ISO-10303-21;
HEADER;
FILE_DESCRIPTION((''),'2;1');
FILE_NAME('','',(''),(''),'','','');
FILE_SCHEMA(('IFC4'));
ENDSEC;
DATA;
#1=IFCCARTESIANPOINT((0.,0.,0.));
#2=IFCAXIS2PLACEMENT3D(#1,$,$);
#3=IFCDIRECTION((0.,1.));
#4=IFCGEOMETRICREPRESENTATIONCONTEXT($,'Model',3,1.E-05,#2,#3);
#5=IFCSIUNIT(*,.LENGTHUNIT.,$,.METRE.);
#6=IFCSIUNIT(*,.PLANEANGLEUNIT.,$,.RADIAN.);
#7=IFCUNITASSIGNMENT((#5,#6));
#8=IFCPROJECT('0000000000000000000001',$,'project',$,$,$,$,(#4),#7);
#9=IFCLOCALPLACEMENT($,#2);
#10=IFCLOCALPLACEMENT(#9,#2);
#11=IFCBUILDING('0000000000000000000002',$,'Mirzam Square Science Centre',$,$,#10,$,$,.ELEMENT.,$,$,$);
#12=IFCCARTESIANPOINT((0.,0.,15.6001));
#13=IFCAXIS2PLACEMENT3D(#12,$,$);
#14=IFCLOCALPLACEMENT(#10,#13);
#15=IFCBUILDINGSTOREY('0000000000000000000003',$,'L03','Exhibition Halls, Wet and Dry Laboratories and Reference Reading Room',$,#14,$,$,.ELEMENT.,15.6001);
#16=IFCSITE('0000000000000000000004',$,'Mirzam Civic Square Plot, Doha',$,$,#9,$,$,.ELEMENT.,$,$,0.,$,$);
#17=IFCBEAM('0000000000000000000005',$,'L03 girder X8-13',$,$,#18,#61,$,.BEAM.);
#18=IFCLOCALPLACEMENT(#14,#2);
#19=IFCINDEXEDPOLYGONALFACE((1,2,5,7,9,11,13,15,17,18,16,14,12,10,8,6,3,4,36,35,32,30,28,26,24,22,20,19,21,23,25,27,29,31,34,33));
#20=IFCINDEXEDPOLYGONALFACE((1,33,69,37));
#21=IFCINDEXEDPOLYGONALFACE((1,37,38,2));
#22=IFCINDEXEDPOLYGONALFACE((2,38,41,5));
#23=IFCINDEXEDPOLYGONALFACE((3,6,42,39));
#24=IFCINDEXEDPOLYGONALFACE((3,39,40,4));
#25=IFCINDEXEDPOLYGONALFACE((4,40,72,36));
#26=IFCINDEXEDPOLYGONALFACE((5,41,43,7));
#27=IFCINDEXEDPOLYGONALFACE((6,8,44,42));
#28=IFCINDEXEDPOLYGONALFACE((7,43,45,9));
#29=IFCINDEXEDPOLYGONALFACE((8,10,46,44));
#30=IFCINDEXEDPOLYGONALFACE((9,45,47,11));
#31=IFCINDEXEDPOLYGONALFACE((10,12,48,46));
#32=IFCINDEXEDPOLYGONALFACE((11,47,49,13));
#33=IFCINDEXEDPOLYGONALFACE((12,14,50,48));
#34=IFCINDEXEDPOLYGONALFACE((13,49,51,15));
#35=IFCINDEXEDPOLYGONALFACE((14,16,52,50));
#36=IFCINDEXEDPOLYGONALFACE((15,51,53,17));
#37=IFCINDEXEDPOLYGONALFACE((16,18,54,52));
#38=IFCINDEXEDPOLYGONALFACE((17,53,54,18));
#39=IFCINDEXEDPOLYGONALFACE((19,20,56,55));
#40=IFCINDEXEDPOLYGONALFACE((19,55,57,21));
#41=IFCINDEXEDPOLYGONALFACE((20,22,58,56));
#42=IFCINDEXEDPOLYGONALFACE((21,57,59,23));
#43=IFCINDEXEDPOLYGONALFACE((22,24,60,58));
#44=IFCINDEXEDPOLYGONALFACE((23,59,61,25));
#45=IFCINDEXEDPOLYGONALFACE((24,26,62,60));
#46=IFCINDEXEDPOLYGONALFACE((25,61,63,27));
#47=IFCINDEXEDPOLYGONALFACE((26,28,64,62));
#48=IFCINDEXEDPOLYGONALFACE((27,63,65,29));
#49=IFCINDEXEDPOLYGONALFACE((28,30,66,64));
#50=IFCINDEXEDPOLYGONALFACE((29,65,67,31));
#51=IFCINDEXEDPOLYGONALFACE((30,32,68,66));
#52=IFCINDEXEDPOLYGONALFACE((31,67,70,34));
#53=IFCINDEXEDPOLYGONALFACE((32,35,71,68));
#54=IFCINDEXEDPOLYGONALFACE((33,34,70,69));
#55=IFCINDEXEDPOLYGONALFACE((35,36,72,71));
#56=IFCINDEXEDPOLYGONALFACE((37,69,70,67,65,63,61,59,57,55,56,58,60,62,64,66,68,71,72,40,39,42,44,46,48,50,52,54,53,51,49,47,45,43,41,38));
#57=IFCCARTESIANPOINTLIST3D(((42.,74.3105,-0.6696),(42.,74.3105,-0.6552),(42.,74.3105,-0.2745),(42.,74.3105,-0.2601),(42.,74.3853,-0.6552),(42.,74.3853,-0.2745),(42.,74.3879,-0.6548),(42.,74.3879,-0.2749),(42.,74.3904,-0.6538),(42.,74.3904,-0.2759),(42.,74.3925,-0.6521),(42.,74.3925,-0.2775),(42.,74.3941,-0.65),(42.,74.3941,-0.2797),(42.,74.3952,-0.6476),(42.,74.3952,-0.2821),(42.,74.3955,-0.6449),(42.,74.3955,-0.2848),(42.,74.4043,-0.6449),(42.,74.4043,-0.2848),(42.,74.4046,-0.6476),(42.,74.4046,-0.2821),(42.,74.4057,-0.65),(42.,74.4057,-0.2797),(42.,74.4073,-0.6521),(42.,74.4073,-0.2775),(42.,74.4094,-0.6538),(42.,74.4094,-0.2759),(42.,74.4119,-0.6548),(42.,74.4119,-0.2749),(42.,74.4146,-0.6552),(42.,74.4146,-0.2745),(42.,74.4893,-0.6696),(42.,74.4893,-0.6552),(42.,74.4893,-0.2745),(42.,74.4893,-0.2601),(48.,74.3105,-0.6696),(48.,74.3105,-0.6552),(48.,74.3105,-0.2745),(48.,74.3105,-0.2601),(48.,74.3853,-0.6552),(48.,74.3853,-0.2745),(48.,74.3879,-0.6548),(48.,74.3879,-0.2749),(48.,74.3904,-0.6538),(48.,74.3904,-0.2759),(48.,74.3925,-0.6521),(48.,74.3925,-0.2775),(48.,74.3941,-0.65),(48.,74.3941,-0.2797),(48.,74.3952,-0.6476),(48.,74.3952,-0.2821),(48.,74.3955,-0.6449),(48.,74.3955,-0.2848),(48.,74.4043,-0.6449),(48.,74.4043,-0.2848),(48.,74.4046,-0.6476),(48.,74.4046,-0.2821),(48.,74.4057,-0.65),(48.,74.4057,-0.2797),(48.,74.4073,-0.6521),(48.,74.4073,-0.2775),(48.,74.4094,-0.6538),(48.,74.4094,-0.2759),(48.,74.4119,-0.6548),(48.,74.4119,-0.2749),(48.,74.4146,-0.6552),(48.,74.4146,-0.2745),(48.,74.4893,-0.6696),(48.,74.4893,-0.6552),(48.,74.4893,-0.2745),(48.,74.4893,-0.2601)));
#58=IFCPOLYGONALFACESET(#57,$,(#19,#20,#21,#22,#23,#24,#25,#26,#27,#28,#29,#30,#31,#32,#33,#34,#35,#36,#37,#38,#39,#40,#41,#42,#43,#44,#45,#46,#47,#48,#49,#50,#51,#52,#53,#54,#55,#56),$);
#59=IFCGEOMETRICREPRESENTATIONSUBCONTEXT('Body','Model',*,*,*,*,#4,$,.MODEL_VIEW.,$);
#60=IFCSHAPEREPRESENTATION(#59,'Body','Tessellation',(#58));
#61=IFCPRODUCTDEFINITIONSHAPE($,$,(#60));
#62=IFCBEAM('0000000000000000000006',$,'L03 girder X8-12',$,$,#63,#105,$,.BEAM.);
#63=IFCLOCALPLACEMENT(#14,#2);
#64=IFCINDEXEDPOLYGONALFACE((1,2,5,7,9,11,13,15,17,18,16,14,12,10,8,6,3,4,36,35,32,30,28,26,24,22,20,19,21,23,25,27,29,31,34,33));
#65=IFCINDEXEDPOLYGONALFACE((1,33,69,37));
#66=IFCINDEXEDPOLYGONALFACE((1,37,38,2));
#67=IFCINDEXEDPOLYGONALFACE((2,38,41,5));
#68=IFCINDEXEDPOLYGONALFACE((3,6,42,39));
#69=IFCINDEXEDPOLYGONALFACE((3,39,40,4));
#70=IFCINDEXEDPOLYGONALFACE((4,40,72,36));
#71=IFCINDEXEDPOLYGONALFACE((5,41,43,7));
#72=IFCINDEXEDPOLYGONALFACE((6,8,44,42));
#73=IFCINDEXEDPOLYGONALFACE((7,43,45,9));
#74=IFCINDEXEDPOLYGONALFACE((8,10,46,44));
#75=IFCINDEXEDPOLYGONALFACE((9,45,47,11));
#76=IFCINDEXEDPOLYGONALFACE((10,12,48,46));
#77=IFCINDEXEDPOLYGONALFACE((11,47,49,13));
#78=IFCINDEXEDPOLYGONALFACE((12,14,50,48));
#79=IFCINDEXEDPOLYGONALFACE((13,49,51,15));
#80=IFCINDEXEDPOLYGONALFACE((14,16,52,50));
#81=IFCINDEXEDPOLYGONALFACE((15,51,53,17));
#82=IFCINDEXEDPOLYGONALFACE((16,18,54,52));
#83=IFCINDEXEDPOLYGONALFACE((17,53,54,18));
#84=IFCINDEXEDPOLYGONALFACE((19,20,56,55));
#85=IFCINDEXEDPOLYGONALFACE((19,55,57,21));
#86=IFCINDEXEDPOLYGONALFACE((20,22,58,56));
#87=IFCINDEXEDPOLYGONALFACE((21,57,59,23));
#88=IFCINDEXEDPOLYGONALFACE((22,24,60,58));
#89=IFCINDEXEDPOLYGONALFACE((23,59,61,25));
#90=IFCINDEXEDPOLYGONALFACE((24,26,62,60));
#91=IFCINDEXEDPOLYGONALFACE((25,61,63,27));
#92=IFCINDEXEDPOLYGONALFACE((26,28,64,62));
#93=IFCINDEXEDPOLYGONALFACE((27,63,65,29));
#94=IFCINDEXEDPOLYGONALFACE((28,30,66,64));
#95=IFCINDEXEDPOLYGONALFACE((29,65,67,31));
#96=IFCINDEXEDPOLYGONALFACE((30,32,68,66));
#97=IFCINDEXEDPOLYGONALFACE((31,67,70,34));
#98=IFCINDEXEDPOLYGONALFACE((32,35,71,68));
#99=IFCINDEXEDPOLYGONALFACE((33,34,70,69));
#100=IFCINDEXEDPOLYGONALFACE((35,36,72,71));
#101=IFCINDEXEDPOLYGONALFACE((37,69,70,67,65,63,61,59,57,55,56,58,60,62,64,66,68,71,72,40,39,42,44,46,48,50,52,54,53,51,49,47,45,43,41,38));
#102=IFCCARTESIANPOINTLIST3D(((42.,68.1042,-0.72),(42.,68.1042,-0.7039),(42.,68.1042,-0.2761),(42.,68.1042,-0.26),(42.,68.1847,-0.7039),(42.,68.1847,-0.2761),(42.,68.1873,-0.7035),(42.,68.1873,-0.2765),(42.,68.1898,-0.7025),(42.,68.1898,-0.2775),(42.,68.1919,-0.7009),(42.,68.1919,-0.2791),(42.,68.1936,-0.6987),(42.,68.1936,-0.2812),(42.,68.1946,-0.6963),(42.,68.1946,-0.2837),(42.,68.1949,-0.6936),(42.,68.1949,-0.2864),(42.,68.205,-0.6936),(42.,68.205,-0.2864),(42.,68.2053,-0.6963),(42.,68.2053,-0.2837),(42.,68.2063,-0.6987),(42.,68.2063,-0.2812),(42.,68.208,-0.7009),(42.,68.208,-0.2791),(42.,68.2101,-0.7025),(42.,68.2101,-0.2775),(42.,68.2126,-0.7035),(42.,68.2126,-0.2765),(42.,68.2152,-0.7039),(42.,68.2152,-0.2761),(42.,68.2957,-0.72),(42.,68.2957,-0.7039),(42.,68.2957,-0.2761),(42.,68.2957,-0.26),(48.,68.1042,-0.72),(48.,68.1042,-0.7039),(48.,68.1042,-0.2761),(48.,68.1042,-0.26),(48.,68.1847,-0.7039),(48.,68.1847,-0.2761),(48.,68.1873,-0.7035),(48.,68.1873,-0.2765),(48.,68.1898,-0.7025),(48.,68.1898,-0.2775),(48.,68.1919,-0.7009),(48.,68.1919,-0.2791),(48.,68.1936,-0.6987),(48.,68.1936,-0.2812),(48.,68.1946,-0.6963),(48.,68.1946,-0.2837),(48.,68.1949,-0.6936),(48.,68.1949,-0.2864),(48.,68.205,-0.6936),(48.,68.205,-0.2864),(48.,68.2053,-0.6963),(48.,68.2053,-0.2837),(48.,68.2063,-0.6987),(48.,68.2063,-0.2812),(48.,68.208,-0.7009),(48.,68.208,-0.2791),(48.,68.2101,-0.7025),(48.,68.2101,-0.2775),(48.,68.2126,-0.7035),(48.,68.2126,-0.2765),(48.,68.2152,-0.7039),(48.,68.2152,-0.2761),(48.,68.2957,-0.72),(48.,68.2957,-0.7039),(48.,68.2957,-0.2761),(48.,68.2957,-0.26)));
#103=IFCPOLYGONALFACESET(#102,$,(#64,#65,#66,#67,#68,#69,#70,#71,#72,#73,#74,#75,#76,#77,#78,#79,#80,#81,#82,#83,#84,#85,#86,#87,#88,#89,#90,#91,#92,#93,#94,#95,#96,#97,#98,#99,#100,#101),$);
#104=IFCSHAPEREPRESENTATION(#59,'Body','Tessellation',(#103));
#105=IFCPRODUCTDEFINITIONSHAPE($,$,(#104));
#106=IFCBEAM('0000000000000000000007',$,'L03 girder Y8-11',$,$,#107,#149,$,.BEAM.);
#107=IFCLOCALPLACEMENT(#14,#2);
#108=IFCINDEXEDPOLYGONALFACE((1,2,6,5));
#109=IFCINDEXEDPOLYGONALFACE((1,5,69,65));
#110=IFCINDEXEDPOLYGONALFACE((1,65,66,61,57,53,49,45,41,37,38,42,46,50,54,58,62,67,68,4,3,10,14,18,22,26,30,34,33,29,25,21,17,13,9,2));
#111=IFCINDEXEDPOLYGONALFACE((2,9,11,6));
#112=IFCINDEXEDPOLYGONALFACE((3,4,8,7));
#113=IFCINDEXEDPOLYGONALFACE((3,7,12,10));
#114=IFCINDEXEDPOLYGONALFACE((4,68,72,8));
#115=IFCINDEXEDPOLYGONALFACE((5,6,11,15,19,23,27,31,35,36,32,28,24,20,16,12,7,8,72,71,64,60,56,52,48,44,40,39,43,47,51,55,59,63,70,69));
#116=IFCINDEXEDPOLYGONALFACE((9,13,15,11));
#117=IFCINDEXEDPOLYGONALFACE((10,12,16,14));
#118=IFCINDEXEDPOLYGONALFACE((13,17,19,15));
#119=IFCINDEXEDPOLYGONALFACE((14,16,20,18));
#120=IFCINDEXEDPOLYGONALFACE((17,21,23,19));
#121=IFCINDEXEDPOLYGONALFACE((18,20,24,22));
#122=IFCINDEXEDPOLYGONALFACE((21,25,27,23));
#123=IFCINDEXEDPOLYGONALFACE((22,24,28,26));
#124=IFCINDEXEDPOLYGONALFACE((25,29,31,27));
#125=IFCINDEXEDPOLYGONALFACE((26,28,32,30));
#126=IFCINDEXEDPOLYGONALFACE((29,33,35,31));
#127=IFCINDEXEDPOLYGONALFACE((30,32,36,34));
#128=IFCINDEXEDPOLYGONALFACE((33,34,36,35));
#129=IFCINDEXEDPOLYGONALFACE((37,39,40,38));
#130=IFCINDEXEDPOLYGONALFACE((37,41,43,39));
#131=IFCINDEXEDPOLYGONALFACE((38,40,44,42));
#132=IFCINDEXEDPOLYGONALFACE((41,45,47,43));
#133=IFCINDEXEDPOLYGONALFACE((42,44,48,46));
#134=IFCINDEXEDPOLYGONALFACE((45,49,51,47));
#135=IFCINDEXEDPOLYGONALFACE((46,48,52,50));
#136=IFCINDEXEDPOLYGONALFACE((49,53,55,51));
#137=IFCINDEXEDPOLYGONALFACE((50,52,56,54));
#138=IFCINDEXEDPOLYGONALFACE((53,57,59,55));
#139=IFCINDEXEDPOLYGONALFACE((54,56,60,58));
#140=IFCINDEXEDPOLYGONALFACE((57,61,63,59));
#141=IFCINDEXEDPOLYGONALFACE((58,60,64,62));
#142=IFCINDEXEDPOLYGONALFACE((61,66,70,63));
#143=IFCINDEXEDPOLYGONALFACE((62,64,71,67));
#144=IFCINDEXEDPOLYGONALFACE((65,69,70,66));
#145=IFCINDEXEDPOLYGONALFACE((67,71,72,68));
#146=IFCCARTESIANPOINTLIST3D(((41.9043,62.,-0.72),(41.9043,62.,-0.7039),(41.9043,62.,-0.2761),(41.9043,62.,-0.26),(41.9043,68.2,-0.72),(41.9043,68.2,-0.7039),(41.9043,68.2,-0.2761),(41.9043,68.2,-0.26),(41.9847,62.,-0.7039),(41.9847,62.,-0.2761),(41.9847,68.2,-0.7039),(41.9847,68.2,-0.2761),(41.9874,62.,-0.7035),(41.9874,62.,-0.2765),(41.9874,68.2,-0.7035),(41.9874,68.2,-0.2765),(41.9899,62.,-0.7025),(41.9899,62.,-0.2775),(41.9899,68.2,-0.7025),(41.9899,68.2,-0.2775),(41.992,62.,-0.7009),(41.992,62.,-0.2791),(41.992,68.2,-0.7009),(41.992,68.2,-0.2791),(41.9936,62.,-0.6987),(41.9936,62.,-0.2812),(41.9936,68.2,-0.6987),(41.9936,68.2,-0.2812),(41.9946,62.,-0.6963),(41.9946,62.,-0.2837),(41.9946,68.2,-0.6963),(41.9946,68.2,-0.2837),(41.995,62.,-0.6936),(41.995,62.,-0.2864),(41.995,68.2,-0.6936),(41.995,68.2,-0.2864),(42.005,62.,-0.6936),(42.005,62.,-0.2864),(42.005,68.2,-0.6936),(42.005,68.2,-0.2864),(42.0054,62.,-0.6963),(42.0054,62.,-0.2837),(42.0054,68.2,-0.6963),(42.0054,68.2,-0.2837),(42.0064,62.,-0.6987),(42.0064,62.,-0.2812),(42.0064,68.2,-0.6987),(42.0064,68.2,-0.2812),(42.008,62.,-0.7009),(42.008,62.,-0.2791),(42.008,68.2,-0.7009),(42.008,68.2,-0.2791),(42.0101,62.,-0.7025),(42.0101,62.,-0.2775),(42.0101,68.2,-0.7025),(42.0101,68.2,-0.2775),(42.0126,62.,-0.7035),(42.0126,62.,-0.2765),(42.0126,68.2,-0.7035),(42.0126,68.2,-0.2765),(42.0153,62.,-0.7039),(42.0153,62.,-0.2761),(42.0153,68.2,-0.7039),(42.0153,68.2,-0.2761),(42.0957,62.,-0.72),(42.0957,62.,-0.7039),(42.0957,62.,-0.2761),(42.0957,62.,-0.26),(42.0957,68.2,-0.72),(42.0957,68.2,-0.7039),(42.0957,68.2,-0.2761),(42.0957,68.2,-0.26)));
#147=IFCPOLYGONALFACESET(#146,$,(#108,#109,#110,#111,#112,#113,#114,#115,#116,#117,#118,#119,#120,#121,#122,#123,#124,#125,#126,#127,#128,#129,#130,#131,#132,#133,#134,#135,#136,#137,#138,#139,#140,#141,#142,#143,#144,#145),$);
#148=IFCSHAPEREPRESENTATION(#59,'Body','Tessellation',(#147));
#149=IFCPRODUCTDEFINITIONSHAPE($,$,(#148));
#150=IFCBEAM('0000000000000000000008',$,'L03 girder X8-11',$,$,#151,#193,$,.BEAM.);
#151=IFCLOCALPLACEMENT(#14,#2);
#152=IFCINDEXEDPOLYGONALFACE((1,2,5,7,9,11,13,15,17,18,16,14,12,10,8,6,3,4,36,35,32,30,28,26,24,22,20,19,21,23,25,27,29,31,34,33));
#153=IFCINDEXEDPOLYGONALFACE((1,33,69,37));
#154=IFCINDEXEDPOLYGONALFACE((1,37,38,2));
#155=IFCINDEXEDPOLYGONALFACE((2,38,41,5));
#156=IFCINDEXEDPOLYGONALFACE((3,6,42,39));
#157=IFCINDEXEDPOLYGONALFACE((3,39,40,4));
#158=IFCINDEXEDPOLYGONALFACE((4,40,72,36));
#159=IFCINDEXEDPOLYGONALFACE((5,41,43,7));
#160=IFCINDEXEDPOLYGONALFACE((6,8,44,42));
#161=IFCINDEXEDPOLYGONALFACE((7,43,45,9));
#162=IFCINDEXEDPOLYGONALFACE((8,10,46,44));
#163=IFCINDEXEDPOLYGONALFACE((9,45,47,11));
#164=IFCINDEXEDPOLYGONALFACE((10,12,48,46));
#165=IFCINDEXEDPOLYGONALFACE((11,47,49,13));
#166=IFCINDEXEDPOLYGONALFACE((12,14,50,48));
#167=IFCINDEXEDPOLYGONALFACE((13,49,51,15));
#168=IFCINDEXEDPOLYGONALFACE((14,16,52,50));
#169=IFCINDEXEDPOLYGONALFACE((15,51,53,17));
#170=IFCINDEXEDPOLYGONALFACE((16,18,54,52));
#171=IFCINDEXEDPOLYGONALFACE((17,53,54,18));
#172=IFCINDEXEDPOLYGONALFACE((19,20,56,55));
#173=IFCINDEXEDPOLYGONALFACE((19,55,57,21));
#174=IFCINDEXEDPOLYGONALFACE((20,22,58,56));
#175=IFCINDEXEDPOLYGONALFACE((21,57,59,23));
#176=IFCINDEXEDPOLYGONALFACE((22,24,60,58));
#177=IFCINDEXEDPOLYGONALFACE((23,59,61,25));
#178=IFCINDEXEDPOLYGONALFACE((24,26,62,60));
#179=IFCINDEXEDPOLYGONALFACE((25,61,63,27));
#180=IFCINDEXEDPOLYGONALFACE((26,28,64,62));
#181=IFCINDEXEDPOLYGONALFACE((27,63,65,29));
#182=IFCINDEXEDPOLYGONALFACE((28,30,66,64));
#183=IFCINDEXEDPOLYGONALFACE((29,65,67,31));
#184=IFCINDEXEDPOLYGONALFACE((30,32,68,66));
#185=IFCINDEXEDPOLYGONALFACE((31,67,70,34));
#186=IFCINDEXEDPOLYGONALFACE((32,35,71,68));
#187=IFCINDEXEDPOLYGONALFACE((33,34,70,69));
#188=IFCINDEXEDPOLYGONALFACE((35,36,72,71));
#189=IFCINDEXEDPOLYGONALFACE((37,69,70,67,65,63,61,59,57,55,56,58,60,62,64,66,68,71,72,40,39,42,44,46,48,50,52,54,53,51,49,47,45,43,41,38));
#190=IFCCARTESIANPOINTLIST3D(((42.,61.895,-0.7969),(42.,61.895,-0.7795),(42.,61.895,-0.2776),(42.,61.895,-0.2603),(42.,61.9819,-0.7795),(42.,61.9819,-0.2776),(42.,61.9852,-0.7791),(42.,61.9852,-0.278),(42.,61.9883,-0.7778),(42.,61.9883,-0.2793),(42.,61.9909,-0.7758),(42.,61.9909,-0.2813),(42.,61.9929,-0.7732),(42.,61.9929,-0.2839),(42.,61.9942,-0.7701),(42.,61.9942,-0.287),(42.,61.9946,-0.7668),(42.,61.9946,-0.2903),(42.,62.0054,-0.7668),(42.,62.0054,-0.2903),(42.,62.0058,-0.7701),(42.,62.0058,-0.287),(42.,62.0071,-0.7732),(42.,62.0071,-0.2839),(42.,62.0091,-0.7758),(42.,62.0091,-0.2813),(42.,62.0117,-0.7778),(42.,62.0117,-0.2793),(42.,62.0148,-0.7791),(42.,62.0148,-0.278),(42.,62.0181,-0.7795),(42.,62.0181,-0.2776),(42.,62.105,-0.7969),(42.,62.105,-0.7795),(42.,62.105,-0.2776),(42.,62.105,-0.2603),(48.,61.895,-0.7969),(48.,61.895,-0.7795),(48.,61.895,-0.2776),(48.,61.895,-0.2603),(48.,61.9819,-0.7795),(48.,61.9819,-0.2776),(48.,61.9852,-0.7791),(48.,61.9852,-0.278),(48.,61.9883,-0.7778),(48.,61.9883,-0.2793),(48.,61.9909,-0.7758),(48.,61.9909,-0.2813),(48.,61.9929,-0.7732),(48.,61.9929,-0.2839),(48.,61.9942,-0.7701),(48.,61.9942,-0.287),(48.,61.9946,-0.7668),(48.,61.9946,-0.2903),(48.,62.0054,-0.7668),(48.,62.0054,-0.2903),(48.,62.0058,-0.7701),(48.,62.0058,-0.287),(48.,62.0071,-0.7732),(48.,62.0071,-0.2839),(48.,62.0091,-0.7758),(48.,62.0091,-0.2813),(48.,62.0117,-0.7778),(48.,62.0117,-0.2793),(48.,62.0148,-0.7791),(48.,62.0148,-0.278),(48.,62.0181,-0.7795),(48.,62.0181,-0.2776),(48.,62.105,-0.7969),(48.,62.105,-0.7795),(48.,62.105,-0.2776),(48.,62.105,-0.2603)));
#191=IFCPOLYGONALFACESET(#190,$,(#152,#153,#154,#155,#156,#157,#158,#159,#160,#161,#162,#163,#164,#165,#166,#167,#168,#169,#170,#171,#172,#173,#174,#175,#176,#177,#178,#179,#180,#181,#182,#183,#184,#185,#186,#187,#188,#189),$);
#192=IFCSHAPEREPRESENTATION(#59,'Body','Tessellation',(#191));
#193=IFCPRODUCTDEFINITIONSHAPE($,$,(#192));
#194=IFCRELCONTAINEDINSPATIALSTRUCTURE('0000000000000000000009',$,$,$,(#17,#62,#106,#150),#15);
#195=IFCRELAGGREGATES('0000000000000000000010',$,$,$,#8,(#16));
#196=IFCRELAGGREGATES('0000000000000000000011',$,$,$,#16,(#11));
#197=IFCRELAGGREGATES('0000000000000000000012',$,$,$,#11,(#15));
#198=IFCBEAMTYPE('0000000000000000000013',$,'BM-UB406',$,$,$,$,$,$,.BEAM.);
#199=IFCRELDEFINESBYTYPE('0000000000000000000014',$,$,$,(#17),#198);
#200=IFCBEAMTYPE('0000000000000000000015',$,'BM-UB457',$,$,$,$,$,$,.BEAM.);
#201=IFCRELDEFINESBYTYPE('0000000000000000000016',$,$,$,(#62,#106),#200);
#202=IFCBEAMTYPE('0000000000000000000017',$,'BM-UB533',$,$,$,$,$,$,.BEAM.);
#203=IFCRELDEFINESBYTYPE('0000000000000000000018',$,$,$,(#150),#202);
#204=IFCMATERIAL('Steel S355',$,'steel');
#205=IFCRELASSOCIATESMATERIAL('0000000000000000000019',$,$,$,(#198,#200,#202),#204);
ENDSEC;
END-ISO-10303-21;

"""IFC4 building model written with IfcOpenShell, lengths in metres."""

from ifc_helpers import new_model, si_unit, direction, frame, origin, origin_2d, place, context, subcontext, project, spatial, i_section, extrude, material, material_profile, profile_set, type_object, element, save


model = new_model("IFC4")

# Units and contexts
model_context = context("Model", 3, precision=1e-05, world=origin(), true_north=direction((0.0, 1.0)))
body_context = subcontext(model_context, "Body", "Model", "MODEL_VIEW")
ifc_project = project(units=[si_unit("LENGTHUNIT", "METRE"), si_unit("PLANEANGLEUNIT", "RADIAN")], contexts=[model_context])

# Site, building, storey
site_placement = place(None, origin())
site = spatial("IfcSite", under=ifc_project, at=site_placement, Name="Mirzam Civic Square Plot, Doha", CompositionType="ELEMENT", RefElevation=0.0)
building_placement = place(site_placement, origin())
building = spatial("IfcBuilding", under=site, at=building_placement, Name="Mirzam Square Science Centre", CompositionType="ELEMENT")
storey_placement = place(building_placement, frame((0.0, 0.0, 15.6001)))
storey = spatial("IfcBuildingStorey", under=building, at=storey_placement, Name="L03", Description="Exhibition Halls, Wet and Dry Laboratories and Reference Reading Room", CompositionType="ELEMENT", Elevation=15.6001)

# Shared definitions
ifc_material_1 = material(Name="Steel S355", Category="steel")

# Beams
ifc_material_profile_1 = material_profile(ifc_material_1, i_section(OverallWidth=0.1787, OverallDepth=0.4094, WebThickness=0.0088, FlangeThickness=0.0144, FilletRadius=0.0103, at=origin_2d()), Name="406x178x67UB")
ifc_profile_set_1 = profile_set([ifc_material_profile_1], Name="Steel S355")
beam_type_1 = type_object("IfcBeamType", Name="BM-UB406", PredefinedType="BEAM", material=ifc_profile_set_1)
beam_1_placement = place(storey_placement, frame((42.0, 74.3999, -0.4648), z_axis=(1.0, 0.0, 0.0), x_axis=(0.0, 1.0, 0.0)))
element("IfcBeam", 1, at=beam_1_placement, inside=storey, type_object=beam_type_1, Name="L03 girder X8-13", PredefinedType="BEAM", context=body_context, shape_type="SweptSolid", body=[
    extrude(i_section(OverallWidth=0.1787, OverallDepth=0.4094, WebThickness=0.0088, FlangeThickness=0.0144, FilletRadius=0.0103, at=origin_2d()), origin(), (0.0, 0.0, 1.0), 6.0),
])
ifc_material_profile_2 = material_profile(ifc_material_1, i_section(OverallWidth=0.1914, OverallDepth=0.46, WebThickness=0.01, FlangeThickness=0.0161, FilletRadius=0.0103, at=origin_2d()), Name="457x191x82UB")
ifc_profile_set_2 = profile_set([ifc_material_profile_2], Name="Steel S355")
beam_type_2 = type_object("IfcBeamType", Name="BM-UB457", PredefinedType="BEAM", material=ifc_profile_set_2)
beam_2_placement = place(storey_placement, frame((42.0, 68.2, -0.49), z_axis=(1.0, 0.0, 0.0), x_axis=(0.0, 1.0, 0.0)))
element("IfcBeam", 2, at=beam_2_placement, inside=storey, type_object=beam_type_2, Name="L03 girder X8-12", PredefinedType="BEAM", context=body_context, shape_type="SweptSolid", body=[
    extrude(i_section(OverallWidth=0.1914, OverallDepth=0.46, WebThickness=0.01, FlangeThickness=0.0161, FilletRadius=0.0103, at=origin_2d()), origin(), (0.0, 0.0, 1.0), 6.0),
])
beam_3_placement = place(storey_placement, frame((42.0, 62.0, -0.49), z_axis=(0.0, 1.0, 0.0), x_axis=(-1.0, 0.0, 0.0)))
element("IfcBeam", 3, at=beam_3_placement, inside=storey, type_object=beam_type_2, Name="L03 girder Y8-11", PredefinedType="BEAM", context=body_context, shape_type="SweptSolid", body=[
    extrude(i_section(OverallWidth=0.1914, OverallDepth=0.46, WebThickness=0.01, FlangeThickness=0.0161, FilletRadius=0.0103, at=origin_2d()), origin(), (0.0, 0.0, 1.0), 6.2),
])
ifc_material_profile_3 = material_profile(ifc_material_1, i_section(OverallWidth=0.21, OverallDepth=0.5366, WebThickness=0.0107, FlangeThickness=0.0173, FilletRadius=0.0127, at=origin_2d()), Name="533x210x101UB")
ifc_profile_set_3 = profile_set([ifc_material_profile_3], Name="Steel S355")
beam_type_3 = type_object("IfcBeamType", Name="BM-UB533", PredefinedType="BEAM", material=ifc_profile_set_3)
beam_4_placement = place(storey_placement, frame((42.0, 62.0, -0.5286), z_axis=(1.0, 0.0, 0.0), x_axis=(0.0, 1.0, 0.0)))
element("IfcBeam", 4, at=beam_4_placement, inside=storey, type_object=beam_type_3, Name="L03 girder X8-11", PredefinedType="BEAM", context=body_context, shape_type="SweptSolid", body=[
    extrude(i_section(OverallWidth=0.21, OverallDepth=0.5366, WebThickness=0.0107, FlangeThickness=0.0173, FilletRadius=0.0127, at=origin_2d()), origin(), (0.0, 0.0, 1.0), 6.0),
])

save(model, "model.ifc")
